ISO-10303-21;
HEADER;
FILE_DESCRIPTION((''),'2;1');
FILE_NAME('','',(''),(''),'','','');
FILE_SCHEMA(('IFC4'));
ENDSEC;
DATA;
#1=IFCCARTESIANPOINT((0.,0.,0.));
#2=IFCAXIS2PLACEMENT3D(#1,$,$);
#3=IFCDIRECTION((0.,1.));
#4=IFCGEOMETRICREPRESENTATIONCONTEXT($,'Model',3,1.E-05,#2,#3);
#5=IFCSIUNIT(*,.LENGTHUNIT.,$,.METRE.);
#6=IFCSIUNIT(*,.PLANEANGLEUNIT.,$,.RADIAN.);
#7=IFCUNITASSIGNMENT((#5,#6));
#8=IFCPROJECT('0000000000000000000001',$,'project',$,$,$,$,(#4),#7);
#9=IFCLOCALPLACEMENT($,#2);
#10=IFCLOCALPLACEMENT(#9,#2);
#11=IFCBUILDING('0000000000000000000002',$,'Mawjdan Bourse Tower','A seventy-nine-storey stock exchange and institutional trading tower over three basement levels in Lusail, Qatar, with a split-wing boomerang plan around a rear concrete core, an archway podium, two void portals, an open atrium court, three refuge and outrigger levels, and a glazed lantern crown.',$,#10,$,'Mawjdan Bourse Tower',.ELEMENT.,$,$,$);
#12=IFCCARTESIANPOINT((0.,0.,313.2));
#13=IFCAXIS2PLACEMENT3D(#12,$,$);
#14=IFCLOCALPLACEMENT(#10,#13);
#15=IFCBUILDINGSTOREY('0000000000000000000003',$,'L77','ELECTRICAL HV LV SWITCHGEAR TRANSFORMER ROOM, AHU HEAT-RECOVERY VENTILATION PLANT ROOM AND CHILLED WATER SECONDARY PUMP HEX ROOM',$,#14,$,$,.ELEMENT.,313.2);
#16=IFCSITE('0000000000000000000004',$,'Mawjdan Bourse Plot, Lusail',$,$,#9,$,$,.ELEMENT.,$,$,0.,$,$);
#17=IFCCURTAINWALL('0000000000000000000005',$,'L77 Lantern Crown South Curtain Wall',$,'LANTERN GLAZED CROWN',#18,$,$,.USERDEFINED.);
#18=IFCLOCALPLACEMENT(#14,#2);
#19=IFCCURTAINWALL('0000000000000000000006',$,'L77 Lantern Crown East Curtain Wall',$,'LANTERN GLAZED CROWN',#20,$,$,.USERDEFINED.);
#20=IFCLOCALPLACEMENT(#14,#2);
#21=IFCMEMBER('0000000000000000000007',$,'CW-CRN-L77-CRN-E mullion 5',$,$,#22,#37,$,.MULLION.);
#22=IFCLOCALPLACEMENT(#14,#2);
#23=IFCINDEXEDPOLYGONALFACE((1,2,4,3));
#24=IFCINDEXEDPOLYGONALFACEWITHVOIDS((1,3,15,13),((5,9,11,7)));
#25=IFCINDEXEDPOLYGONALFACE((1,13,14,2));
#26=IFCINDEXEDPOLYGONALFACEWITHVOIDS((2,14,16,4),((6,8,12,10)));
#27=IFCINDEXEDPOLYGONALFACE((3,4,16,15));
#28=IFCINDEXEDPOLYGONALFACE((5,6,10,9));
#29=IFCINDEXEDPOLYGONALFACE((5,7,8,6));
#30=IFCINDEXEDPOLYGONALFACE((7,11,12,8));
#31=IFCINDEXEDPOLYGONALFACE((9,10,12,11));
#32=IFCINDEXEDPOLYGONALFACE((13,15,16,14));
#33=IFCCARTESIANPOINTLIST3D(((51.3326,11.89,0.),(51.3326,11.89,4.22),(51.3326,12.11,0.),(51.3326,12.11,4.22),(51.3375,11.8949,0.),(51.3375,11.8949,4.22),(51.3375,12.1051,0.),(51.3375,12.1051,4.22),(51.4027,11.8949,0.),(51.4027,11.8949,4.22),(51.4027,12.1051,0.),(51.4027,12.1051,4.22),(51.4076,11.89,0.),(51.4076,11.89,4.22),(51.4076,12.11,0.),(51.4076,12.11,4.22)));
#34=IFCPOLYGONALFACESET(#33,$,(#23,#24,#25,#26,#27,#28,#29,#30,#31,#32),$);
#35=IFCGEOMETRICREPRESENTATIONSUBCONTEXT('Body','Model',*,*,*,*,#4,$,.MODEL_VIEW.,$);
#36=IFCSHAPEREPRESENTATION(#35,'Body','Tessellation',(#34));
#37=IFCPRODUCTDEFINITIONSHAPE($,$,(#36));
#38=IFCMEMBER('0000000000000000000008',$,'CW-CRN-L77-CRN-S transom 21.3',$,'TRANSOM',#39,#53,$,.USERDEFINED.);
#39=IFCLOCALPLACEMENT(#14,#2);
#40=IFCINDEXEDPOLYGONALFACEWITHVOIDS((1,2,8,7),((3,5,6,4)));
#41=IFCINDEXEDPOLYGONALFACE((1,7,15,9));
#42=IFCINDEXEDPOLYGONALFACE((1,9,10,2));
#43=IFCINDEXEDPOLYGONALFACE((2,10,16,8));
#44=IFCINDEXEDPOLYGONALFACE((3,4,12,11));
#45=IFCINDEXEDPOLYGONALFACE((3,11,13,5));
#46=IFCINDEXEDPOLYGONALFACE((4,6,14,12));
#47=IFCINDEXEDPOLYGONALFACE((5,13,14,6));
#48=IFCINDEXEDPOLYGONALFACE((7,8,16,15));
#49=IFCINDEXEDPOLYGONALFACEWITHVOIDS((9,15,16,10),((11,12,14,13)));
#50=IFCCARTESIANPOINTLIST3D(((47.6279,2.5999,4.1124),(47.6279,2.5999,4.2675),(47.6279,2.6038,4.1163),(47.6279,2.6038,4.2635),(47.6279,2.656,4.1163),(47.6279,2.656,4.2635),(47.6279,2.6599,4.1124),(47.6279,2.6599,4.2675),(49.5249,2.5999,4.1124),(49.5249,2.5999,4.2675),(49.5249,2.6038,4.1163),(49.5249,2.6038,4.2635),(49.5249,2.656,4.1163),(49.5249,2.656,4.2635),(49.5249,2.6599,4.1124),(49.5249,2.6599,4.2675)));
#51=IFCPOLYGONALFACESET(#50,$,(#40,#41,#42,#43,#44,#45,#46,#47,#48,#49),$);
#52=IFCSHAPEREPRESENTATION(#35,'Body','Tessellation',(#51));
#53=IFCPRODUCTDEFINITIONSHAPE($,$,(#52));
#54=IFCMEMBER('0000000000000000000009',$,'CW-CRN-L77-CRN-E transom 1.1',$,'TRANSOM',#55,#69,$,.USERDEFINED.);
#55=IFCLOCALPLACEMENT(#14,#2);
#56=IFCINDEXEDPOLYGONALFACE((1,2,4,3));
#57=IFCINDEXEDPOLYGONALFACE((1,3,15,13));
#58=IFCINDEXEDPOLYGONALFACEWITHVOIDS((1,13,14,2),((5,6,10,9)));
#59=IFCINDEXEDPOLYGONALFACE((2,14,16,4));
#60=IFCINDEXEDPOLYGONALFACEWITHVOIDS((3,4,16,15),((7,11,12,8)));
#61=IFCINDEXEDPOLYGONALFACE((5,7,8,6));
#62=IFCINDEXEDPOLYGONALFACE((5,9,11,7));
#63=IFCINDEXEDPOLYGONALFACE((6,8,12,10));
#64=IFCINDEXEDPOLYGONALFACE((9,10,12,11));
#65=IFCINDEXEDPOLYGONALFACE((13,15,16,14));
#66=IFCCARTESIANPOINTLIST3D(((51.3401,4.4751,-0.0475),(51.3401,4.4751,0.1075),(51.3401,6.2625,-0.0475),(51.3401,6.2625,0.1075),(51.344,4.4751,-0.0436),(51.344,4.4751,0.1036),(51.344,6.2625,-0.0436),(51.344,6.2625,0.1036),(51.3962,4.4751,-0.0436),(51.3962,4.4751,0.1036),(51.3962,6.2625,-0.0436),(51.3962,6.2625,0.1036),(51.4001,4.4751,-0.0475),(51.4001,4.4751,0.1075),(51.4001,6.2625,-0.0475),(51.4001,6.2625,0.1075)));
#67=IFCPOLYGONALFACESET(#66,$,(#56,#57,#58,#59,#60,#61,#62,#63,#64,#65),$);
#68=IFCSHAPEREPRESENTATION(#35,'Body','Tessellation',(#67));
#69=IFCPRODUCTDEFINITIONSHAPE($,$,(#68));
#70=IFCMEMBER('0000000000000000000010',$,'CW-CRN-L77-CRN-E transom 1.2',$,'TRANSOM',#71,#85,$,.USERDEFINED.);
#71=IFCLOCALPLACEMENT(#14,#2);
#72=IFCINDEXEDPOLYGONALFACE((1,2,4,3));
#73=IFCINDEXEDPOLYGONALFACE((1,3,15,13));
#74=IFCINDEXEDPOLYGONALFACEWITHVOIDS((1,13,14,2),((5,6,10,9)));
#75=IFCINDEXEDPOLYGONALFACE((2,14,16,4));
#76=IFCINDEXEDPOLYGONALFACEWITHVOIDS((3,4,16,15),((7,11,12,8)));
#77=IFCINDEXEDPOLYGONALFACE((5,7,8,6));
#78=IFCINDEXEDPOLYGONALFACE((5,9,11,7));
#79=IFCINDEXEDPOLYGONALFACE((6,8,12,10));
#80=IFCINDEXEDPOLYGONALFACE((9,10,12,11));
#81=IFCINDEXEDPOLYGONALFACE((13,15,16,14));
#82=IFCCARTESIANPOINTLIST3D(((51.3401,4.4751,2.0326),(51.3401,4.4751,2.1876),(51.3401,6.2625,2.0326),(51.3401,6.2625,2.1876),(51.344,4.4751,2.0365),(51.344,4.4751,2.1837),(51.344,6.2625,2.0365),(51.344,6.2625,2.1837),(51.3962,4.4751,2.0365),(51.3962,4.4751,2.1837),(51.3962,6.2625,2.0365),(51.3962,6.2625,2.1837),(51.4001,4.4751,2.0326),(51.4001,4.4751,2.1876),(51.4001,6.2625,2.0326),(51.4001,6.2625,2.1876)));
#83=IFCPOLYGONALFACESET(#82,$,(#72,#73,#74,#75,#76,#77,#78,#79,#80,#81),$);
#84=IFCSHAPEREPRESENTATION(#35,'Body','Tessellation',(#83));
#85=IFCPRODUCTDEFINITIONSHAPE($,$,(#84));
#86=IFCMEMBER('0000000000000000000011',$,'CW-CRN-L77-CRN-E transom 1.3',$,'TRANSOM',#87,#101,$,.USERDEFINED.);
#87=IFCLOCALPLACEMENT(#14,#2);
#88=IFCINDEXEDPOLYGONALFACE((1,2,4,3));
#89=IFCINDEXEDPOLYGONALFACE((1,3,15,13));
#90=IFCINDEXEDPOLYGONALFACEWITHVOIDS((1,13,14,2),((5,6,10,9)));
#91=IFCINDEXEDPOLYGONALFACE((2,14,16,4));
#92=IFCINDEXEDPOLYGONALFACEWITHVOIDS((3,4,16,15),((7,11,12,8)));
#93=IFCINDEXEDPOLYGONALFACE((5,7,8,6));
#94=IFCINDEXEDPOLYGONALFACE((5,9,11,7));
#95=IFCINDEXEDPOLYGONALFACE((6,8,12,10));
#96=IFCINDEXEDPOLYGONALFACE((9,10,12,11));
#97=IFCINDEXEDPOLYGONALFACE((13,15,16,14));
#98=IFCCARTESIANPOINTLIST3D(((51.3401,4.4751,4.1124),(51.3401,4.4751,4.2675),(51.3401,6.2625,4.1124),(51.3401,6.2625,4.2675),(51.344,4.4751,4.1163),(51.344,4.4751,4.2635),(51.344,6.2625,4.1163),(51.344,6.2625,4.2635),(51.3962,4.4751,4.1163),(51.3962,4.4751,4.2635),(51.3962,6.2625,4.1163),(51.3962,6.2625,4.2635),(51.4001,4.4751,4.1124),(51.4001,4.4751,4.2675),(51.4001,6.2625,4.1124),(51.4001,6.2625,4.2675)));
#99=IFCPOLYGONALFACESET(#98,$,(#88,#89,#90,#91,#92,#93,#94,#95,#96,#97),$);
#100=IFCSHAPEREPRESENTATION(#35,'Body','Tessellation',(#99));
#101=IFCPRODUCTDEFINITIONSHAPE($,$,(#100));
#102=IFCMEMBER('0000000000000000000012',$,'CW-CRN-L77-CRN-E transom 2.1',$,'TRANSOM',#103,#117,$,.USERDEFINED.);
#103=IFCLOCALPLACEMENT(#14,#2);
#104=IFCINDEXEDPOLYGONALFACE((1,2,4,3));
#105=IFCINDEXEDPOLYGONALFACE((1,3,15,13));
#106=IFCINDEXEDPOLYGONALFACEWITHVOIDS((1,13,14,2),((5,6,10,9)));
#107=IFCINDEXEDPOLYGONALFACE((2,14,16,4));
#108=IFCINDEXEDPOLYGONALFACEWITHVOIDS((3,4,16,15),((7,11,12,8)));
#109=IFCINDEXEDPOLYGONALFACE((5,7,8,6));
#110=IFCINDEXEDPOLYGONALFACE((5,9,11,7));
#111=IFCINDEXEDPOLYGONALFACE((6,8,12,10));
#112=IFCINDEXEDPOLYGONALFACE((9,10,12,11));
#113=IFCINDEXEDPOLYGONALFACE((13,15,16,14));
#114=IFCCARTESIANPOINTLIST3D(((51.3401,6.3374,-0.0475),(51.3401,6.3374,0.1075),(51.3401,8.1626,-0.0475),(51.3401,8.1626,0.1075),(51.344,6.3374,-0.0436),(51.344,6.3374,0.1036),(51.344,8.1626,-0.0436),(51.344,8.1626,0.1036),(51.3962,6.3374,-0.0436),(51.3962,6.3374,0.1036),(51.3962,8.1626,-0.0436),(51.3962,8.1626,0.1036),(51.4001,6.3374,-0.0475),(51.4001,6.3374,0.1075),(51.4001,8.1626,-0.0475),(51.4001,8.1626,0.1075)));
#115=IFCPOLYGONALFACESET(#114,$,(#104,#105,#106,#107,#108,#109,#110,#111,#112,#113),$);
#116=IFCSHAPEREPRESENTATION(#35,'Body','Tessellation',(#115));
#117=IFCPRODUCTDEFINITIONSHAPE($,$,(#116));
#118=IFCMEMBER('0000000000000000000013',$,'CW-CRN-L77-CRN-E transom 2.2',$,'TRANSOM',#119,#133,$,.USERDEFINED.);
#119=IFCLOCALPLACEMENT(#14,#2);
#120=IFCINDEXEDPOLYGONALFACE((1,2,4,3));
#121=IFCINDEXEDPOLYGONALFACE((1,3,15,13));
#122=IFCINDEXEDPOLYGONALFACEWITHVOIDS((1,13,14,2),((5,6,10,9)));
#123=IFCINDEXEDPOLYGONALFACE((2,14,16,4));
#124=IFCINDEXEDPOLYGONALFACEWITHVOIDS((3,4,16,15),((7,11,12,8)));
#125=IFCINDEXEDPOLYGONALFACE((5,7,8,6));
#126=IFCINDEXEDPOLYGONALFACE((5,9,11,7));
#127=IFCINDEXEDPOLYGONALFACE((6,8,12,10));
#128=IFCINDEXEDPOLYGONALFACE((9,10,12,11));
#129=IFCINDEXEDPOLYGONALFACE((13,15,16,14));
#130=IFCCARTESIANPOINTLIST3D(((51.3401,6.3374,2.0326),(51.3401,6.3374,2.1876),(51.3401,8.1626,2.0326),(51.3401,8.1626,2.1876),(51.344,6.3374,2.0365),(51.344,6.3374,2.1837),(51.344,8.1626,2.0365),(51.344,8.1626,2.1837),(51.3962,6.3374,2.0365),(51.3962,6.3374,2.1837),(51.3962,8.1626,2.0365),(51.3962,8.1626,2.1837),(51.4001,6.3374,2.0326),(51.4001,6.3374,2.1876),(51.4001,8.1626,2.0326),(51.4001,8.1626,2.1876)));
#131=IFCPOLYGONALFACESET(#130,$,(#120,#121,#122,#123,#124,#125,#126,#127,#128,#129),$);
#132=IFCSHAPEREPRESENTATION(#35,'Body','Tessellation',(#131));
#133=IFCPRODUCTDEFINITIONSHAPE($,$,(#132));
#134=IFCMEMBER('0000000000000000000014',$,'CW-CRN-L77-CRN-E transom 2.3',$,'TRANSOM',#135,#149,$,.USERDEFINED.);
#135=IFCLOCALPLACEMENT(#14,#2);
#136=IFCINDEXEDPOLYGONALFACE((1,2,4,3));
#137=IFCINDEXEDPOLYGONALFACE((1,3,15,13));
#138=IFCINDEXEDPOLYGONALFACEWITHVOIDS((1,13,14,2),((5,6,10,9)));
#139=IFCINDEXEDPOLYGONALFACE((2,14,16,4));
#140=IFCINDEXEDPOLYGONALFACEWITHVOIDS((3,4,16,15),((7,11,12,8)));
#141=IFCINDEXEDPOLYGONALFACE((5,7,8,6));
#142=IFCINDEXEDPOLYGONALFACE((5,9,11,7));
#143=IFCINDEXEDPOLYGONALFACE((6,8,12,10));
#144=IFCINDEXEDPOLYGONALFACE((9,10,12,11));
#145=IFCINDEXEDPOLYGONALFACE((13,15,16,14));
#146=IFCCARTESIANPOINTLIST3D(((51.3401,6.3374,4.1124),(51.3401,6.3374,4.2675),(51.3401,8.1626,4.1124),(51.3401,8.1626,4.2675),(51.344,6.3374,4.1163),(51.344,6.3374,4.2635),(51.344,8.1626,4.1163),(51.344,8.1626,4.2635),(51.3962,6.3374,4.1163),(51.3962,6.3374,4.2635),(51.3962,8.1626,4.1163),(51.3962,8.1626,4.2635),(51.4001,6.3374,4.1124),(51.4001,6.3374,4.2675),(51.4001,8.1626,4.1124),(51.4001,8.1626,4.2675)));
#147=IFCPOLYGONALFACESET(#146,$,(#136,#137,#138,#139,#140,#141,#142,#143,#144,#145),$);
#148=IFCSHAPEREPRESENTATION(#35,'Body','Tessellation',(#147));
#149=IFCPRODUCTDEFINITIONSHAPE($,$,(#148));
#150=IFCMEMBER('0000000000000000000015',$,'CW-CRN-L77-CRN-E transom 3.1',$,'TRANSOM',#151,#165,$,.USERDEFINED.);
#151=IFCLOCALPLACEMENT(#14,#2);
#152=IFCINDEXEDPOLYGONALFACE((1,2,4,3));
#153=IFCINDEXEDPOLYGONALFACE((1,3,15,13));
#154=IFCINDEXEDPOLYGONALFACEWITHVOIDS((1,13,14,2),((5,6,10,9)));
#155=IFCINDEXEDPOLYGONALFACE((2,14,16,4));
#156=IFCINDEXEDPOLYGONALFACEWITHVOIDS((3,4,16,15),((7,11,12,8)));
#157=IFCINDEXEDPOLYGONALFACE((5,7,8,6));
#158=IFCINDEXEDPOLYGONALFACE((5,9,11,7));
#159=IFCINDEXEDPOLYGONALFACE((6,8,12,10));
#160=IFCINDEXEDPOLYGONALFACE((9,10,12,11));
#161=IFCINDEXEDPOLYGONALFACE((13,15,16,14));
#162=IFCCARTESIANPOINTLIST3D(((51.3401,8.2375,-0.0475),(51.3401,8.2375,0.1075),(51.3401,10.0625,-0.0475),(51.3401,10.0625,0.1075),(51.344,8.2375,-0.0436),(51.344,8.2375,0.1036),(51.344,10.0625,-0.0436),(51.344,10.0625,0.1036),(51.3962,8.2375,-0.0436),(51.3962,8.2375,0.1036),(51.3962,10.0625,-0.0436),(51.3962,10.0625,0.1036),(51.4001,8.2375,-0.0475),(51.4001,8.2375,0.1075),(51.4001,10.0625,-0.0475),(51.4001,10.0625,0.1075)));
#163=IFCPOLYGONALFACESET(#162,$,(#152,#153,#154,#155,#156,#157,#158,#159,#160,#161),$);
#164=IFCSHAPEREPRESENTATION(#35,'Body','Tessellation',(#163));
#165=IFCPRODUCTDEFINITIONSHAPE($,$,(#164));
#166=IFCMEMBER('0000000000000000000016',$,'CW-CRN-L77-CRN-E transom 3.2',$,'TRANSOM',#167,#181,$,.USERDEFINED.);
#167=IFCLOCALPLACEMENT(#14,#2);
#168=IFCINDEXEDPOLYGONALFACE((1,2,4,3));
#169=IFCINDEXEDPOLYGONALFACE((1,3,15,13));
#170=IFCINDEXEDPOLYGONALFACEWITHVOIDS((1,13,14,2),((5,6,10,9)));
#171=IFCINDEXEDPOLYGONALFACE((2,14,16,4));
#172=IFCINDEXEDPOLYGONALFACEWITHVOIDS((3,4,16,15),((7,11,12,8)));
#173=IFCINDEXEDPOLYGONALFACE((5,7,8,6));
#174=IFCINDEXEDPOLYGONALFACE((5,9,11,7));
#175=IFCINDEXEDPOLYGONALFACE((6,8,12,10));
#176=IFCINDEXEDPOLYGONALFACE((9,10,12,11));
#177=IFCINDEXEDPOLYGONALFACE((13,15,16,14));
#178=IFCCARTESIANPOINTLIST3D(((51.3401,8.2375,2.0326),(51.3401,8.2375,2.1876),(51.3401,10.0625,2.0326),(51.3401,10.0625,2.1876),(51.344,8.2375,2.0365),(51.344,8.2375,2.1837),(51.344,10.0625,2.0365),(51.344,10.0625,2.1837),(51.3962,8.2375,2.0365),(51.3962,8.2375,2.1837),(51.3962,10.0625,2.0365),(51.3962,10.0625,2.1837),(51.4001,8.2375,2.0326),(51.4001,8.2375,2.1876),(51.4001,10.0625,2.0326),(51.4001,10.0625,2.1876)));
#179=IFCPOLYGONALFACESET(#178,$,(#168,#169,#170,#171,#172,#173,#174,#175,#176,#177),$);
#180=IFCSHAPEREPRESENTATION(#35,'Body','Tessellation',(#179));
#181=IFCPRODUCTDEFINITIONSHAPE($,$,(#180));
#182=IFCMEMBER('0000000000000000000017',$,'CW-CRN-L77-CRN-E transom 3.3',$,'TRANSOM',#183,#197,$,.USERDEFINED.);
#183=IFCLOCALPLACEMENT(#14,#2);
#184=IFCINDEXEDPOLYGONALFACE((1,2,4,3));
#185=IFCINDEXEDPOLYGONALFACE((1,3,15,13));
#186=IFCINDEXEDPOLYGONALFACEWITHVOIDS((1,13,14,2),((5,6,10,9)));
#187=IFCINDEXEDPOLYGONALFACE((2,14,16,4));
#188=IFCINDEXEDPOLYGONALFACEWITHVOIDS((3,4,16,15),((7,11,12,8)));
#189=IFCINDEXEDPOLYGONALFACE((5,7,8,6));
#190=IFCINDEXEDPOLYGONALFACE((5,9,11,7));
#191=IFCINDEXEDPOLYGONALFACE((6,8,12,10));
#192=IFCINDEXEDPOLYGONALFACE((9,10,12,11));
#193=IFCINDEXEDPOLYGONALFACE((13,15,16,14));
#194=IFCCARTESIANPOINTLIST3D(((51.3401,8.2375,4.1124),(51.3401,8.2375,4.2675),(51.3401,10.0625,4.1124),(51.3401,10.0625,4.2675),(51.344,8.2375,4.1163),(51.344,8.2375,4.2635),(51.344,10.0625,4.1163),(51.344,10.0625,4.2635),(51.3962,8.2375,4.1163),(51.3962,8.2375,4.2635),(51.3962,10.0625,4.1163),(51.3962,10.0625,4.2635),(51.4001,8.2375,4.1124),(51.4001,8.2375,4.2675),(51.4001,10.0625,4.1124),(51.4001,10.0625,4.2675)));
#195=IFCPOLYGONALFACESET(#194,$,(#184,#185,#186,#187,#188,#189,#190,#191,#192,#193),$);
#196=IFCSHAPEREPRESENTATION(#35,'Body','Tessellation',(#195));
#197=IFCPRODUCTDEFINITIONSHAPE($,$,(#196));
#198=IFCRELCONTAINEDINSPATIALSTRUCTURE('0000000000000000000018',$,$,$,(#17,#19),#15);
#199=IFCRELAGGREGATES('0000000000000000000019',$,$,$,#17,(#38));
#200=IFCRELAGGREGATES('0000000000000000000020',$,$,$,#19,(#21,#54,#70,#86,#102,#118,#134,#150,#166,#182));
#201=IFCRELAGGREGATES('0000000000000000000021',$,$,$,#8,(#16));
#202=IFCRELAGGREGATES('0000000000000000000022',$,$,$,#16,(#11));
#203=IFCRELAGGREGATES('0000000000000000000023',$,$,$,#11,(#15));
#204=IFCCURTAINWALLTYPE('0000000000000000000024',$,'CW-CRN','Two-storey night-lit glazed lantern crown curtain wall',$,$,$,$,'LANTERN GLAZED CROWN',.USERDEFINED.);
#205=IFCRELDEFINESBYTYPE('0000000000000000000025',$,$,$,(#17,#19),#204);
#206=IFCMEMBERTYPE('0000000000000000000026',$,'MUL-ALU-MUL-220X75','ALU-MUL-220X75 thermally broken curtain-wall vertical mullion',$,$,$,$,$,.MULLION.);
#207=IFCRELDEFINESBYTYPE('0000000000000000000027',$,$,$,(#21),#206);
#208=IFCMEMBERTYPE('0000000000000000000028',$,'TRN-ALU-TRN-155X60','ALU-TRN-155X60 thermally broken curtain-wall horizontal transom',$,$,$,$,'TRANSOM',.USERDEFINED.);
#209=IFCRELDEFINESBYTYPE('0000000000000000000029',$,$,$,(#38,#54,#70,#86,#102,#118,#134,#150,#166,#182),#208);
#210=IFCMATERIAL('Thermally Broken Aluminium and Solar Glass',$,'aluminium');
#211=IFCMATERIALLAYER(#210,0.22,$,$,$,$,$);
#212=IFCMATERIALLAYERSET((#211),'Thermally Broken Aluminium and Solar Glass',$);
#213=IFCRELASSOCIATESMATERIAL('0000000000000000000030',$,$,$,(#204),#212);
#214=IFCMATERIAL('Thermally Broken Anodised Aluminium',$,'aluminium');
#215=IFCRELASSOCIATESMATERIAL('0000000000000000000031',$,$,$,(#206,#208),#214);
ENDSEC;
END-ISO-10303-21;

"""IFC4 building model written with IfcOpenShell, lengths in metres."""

from ifc_helpers import new_model, si_unit, direction, frame, origin, origin_2d, place, context, subcontext, project, spatial, hollow_rectangle, extrude, material, layer, layer_set, material_profile, profile_set, type_object, element, aggregate, save


model = new_model("IFC4")

# Units and contexts
model_context = context("Model", 3, precision=1e-05, world=origin(), true_north=direction((0.0, 1.0)))
body_context = subcontext(model_context, "Body", "Model", "MODEL_VIEW")
ifc_project = project(units=[si_unit("LENGTHUNIT", "METRE"), si_unit("PLANEANGLEUNIT", "RADIAN")], contexts=[model_context])

# Site, building, storey
site_placement = place(None, origin())
site = spatial("IfcSite", under=ifc_project, at=site_placement, Name="Mawjdan Bourse Plot, Lusail", CompositionType="ELEMENT", RefElevation=0.0)
building_placement = place(site_placement, origin())
building = spatial("IfcBuilding", under=site, at=building_placement, Name="Mawjdan Bourse Tower", Description="A seventy-nine-storey stock exchange and institutional trading tower over three basement levels in Lusail, Qatar, with a split-wing boomerang plan around a rear concrete core, an archway podium, two void portals, an open atrium court, three refuge and outrigger levels, and a glazed lantern crown.", LongName="Mawjdan Bourse Tower", CompositionType="ELEMENT")
storey_placement = place(building_placement, frame((0.0, 0.0, 313.2)))
storey = spatial("IfcBuildingStorey", under=building, at=storey_placement, Name="L77", Description="ELECTRICAL HV LV SWITCHGEAR TRANSFORMER ROOM, AHU HEAT-RECOVERY VENTILATION PLANT ROOM AND CHILLED WATER SECONDARY PUMP HEX ROOM", CompositionType="ELEMENT", Elevation=313.2)

# Curtain wall
ifc_material_1 = material(Name="Thermally Broken Aluminium and Solar Glass", Category="aluminium")
ifc_layer_1 = layer(ifc_material_1, 0.22)
ifc_layer_set_1 = layer_set([ifc_layer_1], Name="Thermally Broken Aluminium and Solar Glass")
curtain_wall_type = type_object("IfcCurtainWallType", Name="CW-CRN", Description="Two-storey night-lit glazed lantern crown curtain wall", ElementType="LANTERN GLAZED CROWN", PredefinedType="USERDEFINED", material=ifc_layer_set_1)
curtain_wall_1_placement = place(storey_placement, origin())
curtain_wall_1 = element("IfcCurtainWall", 1, at=curtain_wall_1_placement, inside=storey, type_object=curtain_wall_type, Name="L77 Lantern Crown South Curtain Wall", ObjectType="LANTERN GLAZED CROWN", PredefinedType="USERDEFINED")
ifc_material_2 = material(Name="Thermally Broken Anodised Aluminium", Category="aluminium")
ifc_material_profile_1 = material_profile(ifc_material_2, hollow_rectangle(XDim=0.075, YDim=0.22, WallThickness=0.0049, at=origin_2d()), Name="ALU-MUL-220X75")
ifc_profile_set_1 = profile_set([ifc_material_profile_1], Name="Thermally Broken Anodised Aluminium")
member_type_1 = type_object("IfcMemberType", Name="MUL-ALU-MUL-220X75", Description="ALU-MUL-220X75 thermally broken curtain-wall vertical mullion", PredefinedType="MULLION", material=ifc_profile_set_1)

# Curtain wall, member
curtain_wall_2_placement = place(storey_placement, origin())
curtain_wall_2 = element("IfcCurtainWall", 2, at=curtain_wall_2_placement, inside=storey, type_object=curtain_wall_type, Name="L77 Lantern Crown East Curtain Wall", ObjectType="LANTERN GLAZED CROWN", PredefinedType="USERDEFINED")
member_1_placement = place(storey_placement, frame((51.3701, 12.0, 0.0), z_axis=(0.0, 0.0, 1.0), x_axis=(-1.0, 0.0, 0.0)))
member_1 = element("IfcMember", 3, at=member_1_placement, type_object=member_type_1, Name="CW-CRN-L77-CRN-E mullion 5", PredefinedType="MULLION", context=body_context, shape_type="SweptSolid", body=[
    extrude(hollow_rectangle(XDim=0.075, YDim=0.22, WallThickness=0.0049, at=origin_2d()), origin(), (0.0, 0.0, 1.0), 4.22),
])

# Members
ifc_material_profile_2 = material_profile(ifc_material_2, hollow_rectangle(XDim=0.0601, YDim=0.155, WallThickness=0.0039, at=origin_2d()), Name="ALU-TRN-155X60")
ifc_profile_set_2 = profile_set([ifc_material_profile_2], Name="Thermally Broken Anodised Aluminium")
member_type_2 = type_object("IfcMemberType", Name="TRN-ALU-TRN-155X60", Description="ALU-TRN-155X60 thermally broken curtain-wall horizontal transom", ElementType="TRANSOM", PredefinedType="USERDEFINED", material=ifc_profile_set_2)
member_2_placement = place(storey_placement, frame((47.6279, 2.6299, 4.1899), z_axis=(1.0, 0.0, 0.0), x_axis=(0.0, 1.0, 0.0)))
member_2 = element("IfcMember", 4, at=member_2_placement, type_object=member_type_2, Name="CW-CRN-L77-CRN-S transom 21.3", ObjectType="TRANSOM", PredefinedType="USERDEFINED", context=body_context, shape_type="SweptSolid", body=[
    extrude(hollow_rectangle(XDim=0.0601, YDim=0.155, WallThickness=0.0039, at=origin_2d()), origin(), (0.0, 0.0, 1.0), 1.897),
])
member_3_placement = place(storey_placement, frame((51.3701, 4.4751, 0.03), z_axis=(0.0, 1.0, 0.0), x_axis=(-1.0, 0.0, 0.0)))
member_3 = element("IfcMember", 5, at=member_3_placement, type_object=member_type_2, Name="CW-CRN-L77-CRN-E transom 1.1", ObjectType="TRANSOM", PredefinedType="USERDEFINED", context=body_context, shape_type="SweptSolid", body=[
    extrude(hollow_rectangle(XDim=0.0601, YDim=0.155, WallThickness=0.0039, at=origin_2d()), origin(), (0.0, 0.0, 1.0), 1.7874),
])
member_4_placement = place(storey_placement, frame((51.3701, 4.4751, 2.1101), z_axis=(0.0, 1.0, 0.0), x_axis=(-1.0, 0.0, 0.0)))
member_4 = element("IfcMember", 6, at=member_4_placement, type_object=member_type_2, Name="CW-CRN-L77-CRN-E transom 1.2", ObjectType="TRANSOM", PredefinedType="USERDEFINED", context=body_context, shape_type="SweptSolid", body=[
    extrude(hollow_rectangle(XDim=0.0601, YDim=0.155, WallThickness=0.0039, at=origin_2d()), origin(), (0.0, 0.0, 1.0), 1.7874),
])
member_5_placement = place(storey_placement, frame((51.3701, 4.4751, 4.1899), z_axis=(0.0, 1.0, 0.0), x_axis=(-1.0, 0.0, 0.0)))
member_5 = element("IfcMember", 7, at=member_5_placement, type_object=member_type_2, Name="CW-CRN-L77-CRN-E transom 1.3", ObjectType="TRANSOM", PredefinedType="USERDEFINED", context=body_context, shape_type="SweptSolid", body=[
    extrude(hollow_rectangle(XDim=0.0601, YDim=0.155, WallThickness=0.0039, at=origin_2d()), origin(), (0.0, 0.0, 1.0), 1.7874),
])
member_6_placement = place(storey_placement, frame((51.3701, 6.3374, 0.03), z_axis=(0.0, 1.0, 0.0), x_axis=(-1.0, 0.0, 0.0)))
member_6 = element("IfcMember", 8, at=member_6_placement, type_object=member_type_2, Name="CW-CRN-L77-CRN-E transom 2.1", ObjectType="TRANSOM", PredefinedType="USERDEFINED", context=body_context, shape_type="SweptSolid", body=[
    extrude(hollow_rectangle(XDim=0.0601, YDim=0.155, WallThickness=0.0039, at=origin_2d()), origin(), (0.0, 0.0, 1.0), 1.8252),
])
member_7_placement = place(storey_placement, frame((51.3701, 6.3374, 2.1101), z_axis=(0.0, 1.0, 0.0), x_axis=(-1.0, 0.0, 0.0)))
member_7 = element("IfcMember", 9, at=member_7_placement, type_object=member_type_2, Name="CW-CRN-L77-CRN-E transom 2.2", ObjectType="TRANSOM", PredefinedType="USERDEFINED", context=body_context, shape_type="SweptSolid", body=[
    extrude(hollow_rectangle(XDim=0.0601, YDim=0.155, WallThickness=0.0039, at=origin_2d()), origin(), (0.0, 0.0, 1.0), 1.8252),
])
member_8_placement = place(storey_placement, frame((51.3701, 6.3374, 4.1899), z_axis=(0.0, 1.0, 0.0), x_axis=(-1.0, 0.0, 0.0)))
member_8 = element("IfcMember", 10, at=member_8_placement, type_object=member_type_2, Name="CW-CRN-L77-CRN-E transom 2.3", ObjectType="TRANSOM", PredefinedType="USERDEFINED", context=body_context, shape_type="SweptSolid", body=[
    extrude(hollow_rectangle(XDim=0.0601, YDim=0.155, WallThickness=0.0039, at=origin_2d()), origin(), (0.0, 0.0, 1.0), 1.8252),
])
member_9_placement = place(storey_placement, frame((51.3701, 8.2375, 0.03), z_axis=(0.0, 1.0, 0.0), x_axis=(-1.0, 0.0, 0.0)))
member_9 = element("IfcMember", 11, at=member_9_placement, type_object=member_type_2, Name="CW-CRN-L77-CRN-E transom 3.1", ObjectType="TRANSOM", PredefinedType="USERDEFINED", context=body_context, shape_type="SweptSolid", body=[
    extrude(hollow_rectangle(XDim=0.0601, YDim=0.155, WallThickness=0.0039, at=origin_2d()), origin(), (0.0, 0.0, 1.0), 1.825),
])
member_10_placement = place(storey_placement, frame((51.3701, 8.2375, 2.1101), z_axis=(0.0, 1.0, 0.0), x_axis=(-1.0, 0.0, 0.0)))
member_10 = element("IfcMember", 12, at=member_10_placement, type_object=member_type_2, Name="CW-CRN-L77-CRN-E transom 3.2", ObjectType="TRANSOM", PredefinedType="USERDEFINED", context=body_context, shape_type="SweptSolid", body=[
    extrude(hollow_rectangle(XDim=0.0601, YDim=0.155, WallThickness=0.0039, at=origin_2d()), origin(), (0.0, 0.0, 1.0), 1.825),
])
member_11_placement = place(storey_placement, frame((51.3701, 8.2375, 4.1899), z_axis=(0.0, 1.0, 0.0), x_axis=(-1.0, 0.0, 0.0)))
member_11 = element("IfcMember", 13, at=member_11_placement, type_object=member_type_2, Name="CW-CRN-L77-CRN-E transom 3.3", ObjectType="TRANSOM", PredefinedType="USERDEFINED", context=body_context, shape_type="SweptSolid", body=[
    extrude(hollow_rectangle(XDim=0.0601, YDim=0.155, WallThickness=0.0039, at=origin_2d()), origin(), (0.0, 0.0, 1.0), 1.825),
])

aggregate(curtain_wall_1, [member_2])
aggregate(curtain_wall_2, [member_1, member_3, member_4, member_5, member_6, member_7, member_8, member_9, member_10, member_11])

save(model, "model.ifc")
